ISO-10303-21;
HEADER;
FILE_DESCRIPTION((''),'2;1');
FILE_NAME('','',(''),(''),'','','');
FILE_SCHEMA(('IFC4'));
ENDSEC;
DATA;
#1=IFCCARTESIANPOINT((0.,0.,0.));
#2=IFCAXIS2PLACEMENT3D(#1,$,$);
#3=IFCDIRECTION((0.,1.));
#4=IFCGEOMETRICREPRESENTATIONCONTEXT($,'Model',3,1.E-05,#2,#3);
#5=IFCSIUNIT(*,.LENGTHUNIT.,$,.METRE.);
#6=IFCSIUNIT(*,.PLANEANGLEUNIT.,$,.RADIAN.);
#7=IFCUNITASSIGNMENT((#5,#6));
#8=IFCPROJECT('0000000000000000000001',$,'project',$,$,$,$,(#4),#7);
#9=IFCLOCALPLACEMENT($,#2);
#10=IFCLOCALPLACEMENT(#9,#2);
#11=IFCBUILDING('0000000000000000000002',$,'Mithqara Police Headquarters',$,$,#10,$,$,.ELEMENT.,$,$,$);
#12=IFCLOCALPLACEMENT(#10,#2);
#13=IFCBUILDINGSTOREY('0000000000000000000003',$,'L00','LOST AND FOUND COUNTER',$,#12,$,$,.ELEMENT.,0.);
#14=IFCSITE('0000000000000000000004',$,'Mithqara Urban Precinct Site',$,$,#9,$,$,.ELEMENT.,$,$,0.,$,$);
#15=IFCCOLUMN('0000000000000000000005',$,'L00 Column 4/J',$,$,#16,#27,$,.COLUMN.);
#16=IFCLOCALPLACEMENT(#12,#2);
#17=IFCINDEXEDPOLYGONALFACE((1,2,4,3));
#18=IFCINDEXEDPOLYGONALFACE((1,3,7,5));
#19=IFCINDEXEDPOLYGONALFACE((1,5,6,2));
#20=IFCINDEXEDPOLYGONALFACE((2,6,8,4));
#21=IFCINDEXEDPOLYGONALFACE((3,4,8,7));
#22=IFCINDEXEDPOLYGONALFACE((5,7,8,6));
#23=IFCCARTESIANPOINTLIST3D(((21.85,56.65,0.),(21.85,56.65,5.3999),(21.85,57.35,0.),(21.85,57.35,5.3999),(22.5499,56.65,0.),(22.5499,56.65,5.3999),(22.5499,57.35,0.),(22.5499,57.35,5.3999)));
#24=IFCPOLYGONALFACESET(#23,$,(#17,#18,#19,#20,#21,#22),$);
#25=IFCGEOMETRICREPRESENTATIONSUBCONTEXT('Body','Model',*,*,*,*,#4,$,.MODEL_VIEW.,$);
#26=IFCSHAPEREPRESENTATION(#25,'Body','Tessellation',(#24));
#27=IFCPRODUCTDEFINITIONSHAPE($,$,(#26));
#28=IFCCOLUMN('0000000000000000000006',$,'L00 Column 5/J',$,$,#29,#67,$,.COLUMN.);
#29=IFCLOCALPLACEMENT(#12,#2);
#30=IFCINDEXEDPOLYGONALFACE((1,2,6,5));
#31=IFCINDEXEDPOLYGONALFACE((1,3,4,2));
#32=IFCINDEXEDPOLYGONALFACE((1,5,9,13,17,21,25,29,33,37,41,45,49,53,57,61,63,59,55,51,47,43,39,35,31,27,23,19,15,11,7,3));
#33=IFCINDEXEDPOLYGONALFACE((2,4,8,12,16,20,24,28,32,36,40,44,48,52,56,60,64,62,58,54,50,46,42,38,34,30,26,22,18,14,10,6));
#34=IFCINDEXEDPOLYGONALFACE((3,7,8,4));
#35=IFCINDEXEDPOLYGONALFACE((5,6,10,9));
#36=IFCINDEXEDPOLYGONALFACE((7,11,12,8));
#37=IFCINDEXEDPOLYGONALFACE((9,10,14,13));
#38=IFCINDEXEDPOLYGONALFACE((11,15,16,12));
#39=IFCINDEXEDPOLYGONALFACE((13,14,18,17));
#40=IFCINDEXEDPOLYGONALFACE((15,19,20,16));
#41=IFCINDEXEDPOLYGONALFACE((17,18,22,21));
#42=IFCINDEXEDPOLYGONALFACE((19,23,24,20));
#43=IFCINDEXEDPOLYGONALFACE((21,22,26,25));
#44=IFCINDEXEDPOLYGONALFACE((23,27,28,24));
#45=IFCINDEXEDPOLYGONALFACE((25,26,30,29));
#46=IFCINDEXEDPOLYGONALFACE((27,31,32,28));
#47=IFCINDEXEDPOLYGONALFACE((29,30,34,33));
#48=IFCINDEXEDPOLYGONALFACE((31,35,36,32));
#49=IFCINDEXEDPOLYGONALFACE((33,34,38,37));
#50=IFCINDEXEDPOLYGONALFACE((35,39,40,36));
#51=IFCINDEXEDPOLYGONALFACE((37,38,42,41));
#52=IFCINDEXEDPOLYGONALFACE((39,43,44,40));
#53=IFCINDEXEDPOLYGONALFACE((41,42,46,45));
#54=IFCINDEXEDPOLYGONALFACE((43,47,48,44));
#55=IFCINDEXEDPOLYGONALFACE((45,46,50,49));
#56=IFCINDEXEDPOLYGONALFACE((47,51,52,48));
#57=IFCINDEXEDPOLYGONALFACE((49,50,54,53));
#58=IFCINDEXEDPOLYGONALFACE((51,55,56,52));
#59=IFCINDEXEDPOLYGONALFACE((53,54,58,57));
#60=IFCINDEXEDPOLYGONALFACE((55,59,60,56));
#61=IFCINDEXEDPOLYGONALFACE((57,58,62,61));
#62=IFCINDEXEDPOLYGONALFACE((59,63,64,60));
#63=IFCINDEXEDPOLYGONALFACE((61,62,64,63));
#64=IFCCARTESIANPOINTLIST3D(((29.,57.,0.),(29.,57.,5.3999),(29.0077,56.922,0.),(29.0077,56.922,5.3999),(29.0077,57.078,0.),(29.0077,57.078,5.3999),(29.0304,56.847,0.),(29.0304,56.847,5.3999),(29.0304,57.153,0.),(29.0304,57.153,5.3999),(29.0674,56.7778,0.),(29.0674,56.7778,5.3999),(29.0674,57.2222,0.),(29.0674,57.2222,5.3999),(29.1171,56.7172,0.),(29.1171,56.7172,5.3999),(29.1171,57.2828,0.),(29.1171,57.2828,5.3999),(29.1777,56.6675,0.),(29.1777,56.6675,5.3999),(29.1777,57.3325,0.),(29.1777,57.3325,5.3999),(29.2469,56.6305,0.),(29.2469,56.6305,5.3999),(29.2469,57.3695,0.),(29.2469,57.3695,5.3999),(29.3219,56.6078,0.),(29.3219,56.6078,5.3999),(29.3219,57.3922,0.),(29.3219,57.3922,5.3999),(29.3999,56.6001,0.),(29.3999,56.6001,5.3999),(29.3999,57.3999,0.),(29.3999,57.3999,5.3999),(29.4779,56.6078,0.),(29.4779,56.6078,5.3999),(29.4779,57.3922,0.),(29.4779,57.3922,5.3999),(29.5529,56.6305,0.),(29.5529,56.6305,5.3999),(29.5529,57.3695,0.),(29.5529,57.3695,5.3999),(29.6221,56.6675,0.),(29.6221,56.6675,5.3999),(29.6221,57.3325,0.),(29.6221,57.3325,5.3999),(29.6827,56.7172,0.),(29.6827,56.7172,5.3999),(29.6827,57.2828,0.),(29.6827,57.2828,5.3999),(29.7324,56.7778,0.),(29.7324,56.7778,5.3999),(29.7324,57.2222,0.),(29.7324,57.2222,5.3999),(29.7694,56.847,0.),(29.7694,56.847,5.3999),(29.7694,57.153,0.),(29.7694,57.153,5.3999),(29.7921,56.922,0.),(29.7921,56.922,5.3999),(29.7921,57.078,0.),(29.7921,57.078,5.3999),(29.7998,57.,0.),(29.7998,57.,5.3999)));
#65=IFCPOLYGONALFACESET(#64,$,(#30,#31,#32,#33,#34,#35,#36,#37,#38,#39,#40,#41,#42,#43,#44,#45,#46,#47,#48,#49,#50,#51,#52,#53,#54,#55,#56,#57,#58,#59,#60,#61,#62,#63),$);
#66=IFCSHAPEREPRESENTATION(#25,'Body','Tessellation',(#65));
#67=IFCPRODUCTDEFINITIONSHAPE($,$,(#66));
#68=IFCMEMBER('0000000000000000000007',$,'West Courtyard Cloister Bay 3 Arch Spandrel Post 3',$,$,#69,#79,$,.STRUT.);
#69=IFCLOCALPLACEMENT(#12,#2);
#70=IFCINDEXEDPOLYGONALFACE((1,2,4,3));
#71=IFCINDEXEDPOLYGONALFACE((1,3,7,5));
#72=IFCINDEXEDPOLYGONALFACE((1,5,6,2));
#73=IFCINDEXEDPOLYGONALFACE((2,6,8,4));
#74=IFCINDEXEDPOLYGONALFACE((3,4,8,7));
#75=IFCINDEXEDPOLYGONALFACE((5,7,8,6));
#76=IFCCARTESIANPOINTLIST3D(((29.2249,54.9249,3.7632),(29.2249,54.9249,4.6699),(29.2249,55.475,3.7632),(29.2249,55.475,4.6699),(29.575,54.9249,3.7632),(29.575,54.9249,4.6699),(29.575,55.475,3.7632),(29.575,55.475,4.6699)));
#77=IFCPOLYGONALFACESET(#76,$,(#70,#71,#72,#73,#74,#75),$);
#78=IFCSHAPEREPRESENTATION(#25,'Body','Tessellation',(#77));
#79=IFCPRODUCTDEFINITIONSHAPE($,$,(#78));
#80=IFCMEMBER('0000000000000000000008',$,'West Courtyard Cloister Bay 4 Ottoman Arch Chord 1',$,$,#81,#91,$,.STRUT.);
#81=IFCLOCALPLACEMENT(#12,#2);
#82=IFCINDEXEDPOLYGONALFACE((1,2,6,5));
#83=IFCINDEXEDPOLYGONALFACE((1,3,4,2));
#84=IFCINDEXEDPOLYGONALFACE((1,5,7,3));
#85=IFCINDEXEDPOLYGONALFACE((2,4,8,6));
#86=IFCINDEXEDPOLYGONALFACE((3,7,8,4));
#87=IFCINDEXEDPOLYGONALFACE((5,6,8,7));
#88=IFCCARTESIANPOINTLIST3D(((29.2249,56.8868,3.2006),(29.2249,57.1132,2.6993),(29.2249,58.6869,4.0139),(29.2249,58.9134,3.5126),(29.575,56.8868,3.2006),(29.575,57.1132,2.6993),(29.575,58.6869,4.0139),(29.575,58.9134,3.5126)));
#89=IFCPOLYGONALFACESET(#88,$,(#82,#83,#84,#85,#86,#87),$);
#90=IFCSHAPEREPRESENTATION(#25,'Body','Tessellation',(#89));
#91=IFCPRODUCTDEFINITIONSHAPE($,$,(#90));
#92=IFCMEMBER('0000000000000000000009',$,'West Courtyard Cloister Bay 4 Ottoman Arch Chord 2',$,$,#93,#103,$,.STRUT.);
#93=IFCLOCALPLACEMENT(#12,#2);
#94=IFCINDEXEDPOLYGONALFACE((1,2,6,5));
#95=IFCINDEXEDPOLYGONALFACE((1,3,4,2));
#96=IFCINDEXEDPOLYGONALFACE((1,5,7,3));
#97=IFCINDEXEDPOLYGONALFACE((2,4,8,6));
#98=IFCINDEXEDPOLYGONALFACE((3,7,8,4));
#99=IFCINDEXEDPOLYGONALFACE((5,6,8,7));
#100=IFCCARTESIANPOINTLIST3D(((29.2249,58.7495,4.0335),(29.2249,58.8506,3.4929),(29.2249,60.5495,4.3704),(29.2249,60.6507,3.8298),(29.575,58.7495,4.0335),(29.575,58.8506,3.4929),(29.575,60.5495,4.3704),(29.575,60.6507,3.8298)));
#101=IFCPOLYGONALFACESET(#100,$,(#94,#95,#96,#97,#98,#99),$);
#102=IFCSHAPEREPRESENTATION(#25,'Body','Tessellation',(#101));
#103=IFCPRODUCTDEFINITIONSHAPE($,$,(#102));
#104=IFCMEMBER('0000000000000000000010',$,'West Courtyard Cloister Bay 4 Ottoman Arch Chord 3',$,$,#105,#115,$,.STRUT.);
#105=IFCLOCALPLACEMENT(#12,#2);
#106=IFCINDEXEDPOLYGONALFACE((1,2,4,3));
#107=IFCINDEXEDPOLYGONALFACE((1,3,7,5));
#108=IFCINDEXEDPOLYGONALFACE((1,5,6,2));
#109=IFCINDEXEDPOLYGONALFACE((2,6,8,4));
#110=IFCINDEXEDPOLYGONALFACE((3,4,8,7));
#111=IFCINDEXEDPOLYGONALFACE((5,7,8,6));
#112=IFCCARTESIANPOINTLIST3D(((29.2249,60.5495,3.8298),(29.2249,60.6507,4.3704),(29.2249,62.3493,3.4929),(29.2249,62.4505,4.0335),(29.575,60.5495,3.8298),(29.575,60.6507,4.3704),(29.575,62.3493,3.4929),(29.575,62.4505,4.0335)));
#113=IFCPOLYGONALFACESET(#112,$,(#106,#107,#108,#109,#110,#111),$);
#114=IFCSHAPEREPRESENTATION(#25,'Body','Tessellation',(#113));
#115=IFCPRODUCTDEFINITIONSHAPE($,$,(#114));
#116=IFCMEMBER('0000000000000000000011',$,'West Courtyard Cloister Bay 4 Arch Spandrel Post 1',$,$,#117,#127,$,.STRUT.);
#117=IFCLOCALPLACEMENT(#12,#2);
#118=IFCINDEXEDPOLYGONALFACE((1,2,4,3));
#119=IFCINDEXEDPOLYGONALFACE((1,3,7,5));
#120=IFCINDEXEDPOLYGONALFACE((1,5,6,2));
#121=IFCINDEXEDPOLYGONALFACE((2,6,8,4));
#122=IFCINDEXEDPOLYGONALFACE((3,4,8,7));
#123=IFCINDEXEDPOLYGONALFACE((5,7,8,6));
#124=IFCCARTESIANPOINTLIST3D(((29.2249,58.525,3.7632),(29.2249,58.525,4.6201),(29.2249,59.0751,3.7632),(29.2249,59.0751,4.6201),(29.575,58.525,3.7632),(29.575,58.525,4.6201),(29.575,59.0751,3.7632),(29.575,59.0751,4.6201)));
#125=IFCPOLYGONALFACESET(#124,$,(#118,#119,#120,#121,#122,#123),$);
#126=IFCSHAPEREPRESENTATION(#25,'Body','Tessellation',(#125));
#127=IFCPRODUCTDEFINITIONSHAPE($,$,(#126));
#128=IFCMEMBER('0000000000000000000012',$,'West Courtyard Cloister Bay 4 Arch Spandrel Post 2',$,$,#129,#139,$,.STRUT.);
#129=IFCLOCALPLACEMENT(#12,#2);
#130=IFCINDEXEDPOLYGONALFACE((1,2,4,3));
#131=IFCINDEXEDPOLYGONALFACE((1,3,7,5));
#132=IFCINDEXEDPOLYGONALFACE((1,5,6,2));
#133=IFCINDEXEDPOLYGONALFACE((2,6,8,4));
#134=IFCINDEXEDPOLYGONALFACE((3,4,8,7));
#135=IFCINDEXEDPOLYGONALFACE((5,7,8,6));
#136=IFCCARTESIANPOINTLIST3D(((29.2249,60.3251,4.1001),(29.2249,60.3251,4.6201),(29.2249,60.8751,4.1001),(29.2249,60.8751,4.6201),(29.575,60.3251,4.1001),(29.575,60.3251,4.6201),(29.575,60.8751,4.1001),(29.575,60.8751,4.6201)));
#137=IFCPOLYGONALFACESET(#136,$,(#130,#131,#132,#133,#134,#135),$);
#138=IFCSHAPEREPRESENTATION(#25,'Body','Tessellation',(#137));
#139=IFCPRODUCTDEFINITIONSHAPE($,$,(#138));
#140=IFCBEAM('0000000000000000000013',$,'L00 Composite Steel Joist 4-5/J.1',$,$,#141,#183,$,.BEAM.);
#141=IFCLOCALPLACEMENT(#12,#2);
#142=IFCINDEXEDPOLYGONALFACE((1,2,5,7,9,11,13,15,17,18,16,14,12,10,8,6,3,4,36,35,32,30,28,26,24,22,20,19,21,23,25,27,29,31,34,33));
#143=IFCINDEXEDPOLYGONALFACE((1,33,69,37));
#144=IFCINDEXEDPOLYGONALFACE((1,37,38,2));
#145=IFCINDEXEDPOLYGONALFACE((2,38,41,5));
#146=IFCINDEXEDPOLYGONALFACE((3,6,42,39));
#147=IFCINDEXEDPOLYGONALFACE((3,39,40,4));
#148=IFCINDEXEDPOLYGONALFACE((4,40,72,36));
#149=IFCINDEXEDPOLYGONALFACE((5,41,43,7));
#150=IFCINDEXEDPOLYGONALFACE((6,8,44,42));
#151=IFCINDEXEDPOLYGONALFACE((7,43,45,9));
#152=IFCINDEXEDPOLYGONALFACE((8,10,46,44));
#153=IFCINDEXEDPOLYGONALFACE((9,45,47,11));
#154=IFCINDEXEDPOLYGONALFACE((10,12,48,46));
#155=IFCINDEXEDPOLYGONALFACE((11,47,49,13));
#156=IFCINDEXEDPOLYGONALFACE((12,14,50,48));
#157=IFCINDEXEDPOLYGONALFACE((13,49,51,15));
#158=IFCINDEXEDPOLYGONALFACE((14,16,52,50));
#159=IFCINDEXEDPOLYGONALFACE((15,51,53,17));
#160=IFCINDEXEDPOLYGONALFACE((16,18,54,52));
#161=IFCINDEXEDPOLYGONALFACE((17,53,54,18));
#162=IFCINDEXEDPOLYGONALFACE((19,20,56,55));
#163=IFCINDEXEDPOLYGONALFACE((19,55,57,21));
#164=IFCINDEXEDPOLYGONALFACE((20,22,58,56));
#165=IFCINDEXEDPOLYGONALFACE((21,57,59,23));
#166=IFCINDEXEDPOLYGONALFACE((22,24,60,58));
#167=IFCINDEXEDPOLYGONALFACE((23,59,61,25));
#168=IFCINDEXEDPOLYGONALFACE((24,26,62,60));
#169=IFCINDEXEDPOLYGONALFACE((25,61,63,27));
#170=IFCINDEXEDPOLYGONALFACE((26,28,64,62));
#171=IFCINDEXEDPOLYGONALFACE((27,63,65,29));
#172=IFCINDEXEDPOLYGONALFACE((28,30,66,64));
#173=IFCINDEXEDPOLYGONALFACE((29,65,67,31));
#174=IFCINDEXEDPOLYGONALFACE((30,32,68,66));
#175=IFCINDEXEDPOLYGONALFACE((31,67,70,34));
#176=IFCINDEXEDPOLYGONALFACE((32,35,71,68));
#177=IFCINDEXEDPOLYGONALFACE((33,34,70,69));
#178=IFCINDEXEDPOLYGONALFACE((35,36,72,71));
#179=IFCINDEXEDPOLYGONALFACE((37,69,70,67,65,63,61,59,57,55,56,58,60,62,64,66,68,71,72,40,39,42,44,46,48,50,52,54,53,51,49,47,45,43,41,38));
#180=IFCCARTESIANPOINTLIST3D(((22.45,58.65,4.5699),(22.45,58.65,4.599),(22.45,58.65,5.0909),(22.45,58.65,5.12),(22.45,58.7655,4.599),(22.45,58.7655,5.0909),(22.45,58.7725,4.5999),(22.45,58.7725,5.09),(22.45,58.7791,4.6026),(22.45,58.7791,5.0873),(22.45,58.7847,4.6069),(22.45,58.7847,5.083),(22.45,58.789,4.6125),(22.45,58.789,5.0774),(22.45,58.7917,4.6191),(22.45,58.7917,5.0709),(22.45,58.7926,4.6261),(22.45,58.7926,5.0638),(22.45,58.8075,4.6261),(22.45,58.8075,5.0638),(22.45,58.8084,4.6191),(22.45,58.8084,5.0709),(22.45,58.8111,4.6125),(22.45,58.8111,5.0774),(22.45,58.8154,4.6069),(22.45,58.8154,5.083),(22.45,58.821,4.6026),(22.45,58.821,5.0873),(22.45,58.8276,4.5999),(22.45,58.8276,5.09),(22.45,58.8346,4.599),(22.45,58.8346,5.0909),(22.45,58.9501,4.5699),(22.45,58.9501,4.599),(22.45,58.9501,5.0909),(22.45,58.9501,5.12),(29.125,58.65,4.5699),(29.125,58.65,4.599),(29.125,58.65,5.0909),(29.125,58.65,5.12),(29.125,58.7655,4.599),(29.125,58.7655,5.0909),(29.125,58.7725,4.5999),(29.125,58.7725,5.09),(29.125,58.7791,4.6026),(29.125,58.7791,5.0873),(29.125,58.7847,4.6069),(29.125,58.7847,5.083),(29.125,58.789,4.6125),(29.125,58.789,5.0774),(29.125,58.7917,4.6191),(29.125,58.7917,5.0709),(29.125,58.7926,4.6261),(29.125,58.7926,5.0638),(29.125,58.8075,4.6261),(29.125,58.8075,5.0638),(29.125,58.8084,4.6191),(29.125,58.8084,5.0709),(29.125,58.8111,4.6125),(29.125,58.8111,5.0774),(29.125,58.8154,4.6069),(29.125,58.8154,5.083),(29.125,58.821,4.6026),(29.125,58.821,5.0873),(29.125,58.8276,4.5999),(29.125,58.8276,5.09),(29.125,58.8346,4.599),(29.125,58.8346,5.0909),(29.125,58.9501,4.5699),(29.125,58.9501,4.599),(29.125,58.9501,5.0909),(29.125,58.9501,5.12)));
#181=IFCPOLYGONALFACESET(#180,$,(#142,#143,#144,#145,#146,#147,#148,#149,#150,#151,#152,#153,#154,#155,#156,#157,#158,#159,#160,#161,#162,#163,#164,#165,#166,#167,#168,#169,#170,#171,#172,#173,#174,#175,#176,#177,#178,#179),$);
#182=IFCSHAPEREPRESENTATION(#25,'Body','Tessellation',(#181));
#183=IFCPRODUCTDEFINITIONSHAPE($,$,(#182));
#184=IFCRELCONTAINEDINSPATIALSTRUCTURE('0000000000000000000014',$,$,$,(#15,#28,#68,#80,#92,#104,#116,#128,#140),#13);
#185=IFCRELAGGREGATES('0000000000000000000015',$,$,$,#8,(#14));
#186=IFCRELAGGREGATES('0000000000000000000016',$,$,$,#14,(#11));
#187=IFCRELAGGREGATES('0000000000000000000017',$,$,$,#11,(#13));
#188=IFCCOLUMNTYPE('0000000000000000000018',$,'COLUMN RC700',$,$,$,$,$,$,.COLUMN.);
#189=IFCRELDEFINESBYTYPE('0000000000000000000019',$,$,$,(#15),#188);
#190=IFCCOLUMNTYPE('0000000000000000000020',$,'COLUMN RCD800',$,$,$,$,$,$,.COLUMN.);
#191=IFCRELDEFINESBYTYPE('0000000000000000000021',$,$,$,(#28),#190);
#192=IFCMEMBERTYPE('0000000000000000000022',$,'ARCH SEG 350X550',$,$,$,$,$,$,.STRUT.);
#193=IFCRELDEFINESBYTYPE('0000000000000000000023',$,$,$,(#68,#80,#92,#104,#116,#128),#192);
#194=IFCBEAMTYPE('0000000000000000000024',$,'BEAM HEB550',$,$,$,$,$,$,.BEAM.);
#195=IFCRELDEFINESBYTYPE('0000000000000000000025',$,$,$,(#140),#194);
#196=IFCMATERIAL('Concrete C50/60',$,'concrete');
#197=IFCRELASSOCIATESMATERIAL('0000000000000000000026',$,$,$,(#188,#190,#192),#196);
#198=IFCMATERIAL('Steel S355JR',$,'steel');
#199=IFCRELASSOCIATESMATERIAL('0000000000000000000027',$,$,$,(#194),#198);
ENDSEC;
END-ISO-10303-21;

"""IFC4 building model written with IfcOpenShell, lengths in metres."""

from ifc_helpers import new_model, si_unit, direction, frame, origin, origin_2d, place, context, subcontext, project, spatial, rectangle, circle, i_section, extrude, material, material_profile, profile_set, type_object, element, save


model = new_model("IFC4")

# Units and contexts
model_context = context("Model", 3, precision=1e-05, world=origin(), true_north=direction((0.0, 1.0)))
body_context = subcontext(model_context, "Body", "Model", "MODEL_VIEW")
ifc_project = project(units=[si_unit("LENGTHUNIT", "METRE"), si_unit("PLANEANGLEUNIT", "RADIAN")], contexts=[model_context])

# Site, building, storey
site_placement = place(None, origin())
site = spatial("IfcSite", under=ifc_project, at=site_placement, Name="Mithqara Urban Precinct Site", CompositionType="ELEMENT", RefElevation=0.0)
building_placement = place(site_placement, origin())
building = spatial("IfcBuilding", under=site, at=building_placement, Name="Mithqara Police Headquarters", CompositionType="ELEMENT")
storey_placement = place(building_placement, origin())
storey = spatial("IfcBuildingStorey", under=building, at=storey_placement, Name="L00", Description="LOST AND FOUND COUNTER", CompositionType="ELEMENT", Elevation=0.0)

# Columns
ifc_material_1 = material(Name="Concrete C50/60", Category="concrete")
ifc_material_profile_1 = material_profile(ifc_material_1, rectangle(XDim=0.7, YDim=0.7, at=origin_2d()), Name="RC 700x700")
ifc_profile_set_1 = profile_set([ifc_material_profile_1], Name="Concrete C50/60")
column_type_1 = type_object("IfcColumnType", Name="COLUMN RC700", PredefinedType="COLUMN", material=ifc_profile_set_1)
column_1_placement = place(storey_placement, frame((22.2, 57.0, 0.0), z_axis=(0.0, 0.0, 1.0), x_axis=(1.0, 0.0, 0.0)))
element("IfcColumn", 1, at=column_1_placement, inside=storey, type_object=column_type_1, Name="L00 Column 4/J", PredefinedType="COLUMN", context=body_context, shape_type="SweptSolid", body=[
    extrude(rectangle(XDim=0.7, YDim=0.7, at=origin_2d()), origin(), (0.0, 0.0, 1.0), 5.3999),
])
ifc_material_profile_2 = material_profile(ifc_material_1, circle(Radius=0.3999, at=origin_2d()), Name="RCD 800")
ifc_profile_set_2 = profile_set([ifc_material_profile_2], Name="Concrete C50/60")
column_type_2 = type_object("IfcColumnType", Name="COLUMN RCD800", PredefinedType="COLUMN", material=ifc_profile_set_2)
column_2_placement = place(storey_placement, frame((29.3999, 57.0, 0.0), z_axis=(0.0, 0.0, 1.0), x_axis=(1.0, 0.0, 0.0)))
element("IfcColumn", 2, at=column_2_placement, inside=storey, type_object=column_type_2, Name="L00 Column 5/J", PredefinedType="COLUMN", context=body_context, shape_type="SweptSolid", body=[
    extrude(circle(Radius=0.3999, at=origin_2d()), origin(), (0.0, 0.0, 1.0), 5.3999),
])

# Members
ifc_material_profile_3 = material_profile(ifc_material_1, rectangle(XDim=0.3501, YDim=0.55, at=origin_2d()), Name="ARC 350x550")
ifc_profile_set_3 = profile_set([ifc_material_profile_3], Name="Concrete C50/60")
member_type_1 = type_object("IfcMemberType", Name="ARCH SEG 350X550", PredefinedType="STRUT", material=ifc_profile_set_3)
member_1_placement = place(storey_placement, frame((29.3999, 55.2, 3.7632), z_axis=(0.0, 0.0, 1.0), x_axis=(1.0, 0.0, 0.0)))
element("IfcMember", 3, at=member_1_placement, inside=storey, type_object=member_type_1, Name="West Courtyard Cloister Bay 3 Arch Spandrel Post 3", PredefinedType="STRUT", context=body_context, shape_type="SweptSolid", body=[
    extrude(rectangle(XDim=0.3501, YDim=0.55, at=origin_2d()), origin(), (0.0, 0.0, 1.0), 0.9067),
])
member_2_placement = place(storey_placement, frame((29.3999, 57.0, 2.95), z_axis=(0.0, 0.911312, 0.411716), x_axis=(-1.0, 0.0, 0.0)))
element("IfcMember", 4, at=member_2_placement, inside=storey, type_object=member_type_1, Name="West Courtyard Cloister Bay 4 Ottoman Arch Chord 1", PredefinedType="STRUT", context=body_context, shape_type="SweptSolid", body=[
    extrude(rectangle(XDim=0.3501, YDim=0.55, at=origin_2d()), origin(), (0.0, 0.0, 1.0), 1.9753),
])
member_3_placement = place(storey_placement, frame((29.3999, 58.8, 3.7632), z_axis=(0.0, 0.982931, 0.183975), x_axis=(-1.0, 0.0, 0.0)))
element("IfcMember", 5, at=member_3_placement, inside=storey, type_object=member_type_1, Name="West Courtyard Cloister Bay 4 Ottoman Arch Chord 2", PredefinedType="STRUT", context=body_context, shape_type="SweptSolid", body=[
    extrude(rectangle(XDim=0.3501, YDim=0.55, at=origin_2d()), origin(), (0.0, 0.0, 1.0), 1.8313),
])
member_4_placement = place(storey_placement, frame((29.3999, 60.6001, 4.1001), z_axis=(0.0, 0.982926, -0.183999), x_axis=(-1.0, 0.0, 0.0)))
element("IfcMember", 6, at=member_4_placement, inside=storey, type_object=member_type_1, Name="West Courtyard Cloister Bay 4 Ottoman Arch Chord 3", PredefinedType="STRUT", context=body_context, shape_type="SweptSolid", body=[
    extrude(rectangle(XDim=0.3501, YDim=0.55, at=origin_2d()), origin(), (0.0, 0.0, 1.0), 1.8311),
])
member_5_placement = place(storey_placement, frame((29.3999, 58.8, 3.7632), z_axis=(0.0, 0.0, 1.0), x_axis=(1.0, 0.0, 0.0)))
element("IfcMember", 7, at=member_5_placement, inside=storey, type_object=member_type_1, Name="West Courtyard Cloister Bay 4 Arch Spandrel Post 1", PredefinedType="STRUT", context=body_context, shape_type="SweptSolid", body=[
    extrude(rectangle(XDim=0.3501, YDim=0.55, at=origin_2d()), origin(), (0.0, 0.0, 1.0), 0.8569),
])
member_6_placement = place(storey_placement, frame((29.3999, 60.6001, 4.1001), z_axis=(0.0, 0.0, 1.0), x_axis=(1.0, 0.0, 0.0)))
element("IfcMember", 8, at=member_6_placement, inside=storey, type_object=member_type_1, Name="West Courtyard Cloister Bay 4 Arch Spandrel Post 2", PredefinedType="STRUT", context=body_context, shape_type="SweptSolid", body=[
    extrude(rectangle(XDim=0.3501, YDim=0.55, at=origin_2d()), origin(), (0.0, 0.0, 1.0), 0.52),
])

# Beam
ifc_material_2 = material(Name="Steel S355JR", Category="steel")
ifc_material_profile_4 = material_profile(ifc_material_2, i_section(OverallWidth=0.3, OverallDepth=0.55, WebThickness=0.0149, FlangeThickness=0.0291, FilletRadius=0.0271, at=origin_2d()), Name="HEB 550")
ifc_profile_set_4 = profile_set([ifc_material_profile_4], Name="Steel S355JR")
beam_type_1 = type_object("IfcBeamType", Name="BEAM HEB550", PredefinedType="BEAM", material=ifc_profile_set_4)
for number, where, z_axis, x_axis, name in (
    (9, (22.45, 58.8, 4.845), (1.0, 0.0, 0.0), (0.0, 1.0, 0.0), "L00 Composite Steel Joist 4-5/J.1"),
):
    element("IfcBeam", number, at=place(storey_placement, frame(where, z_axis=z_axis, x_axis=x_axis)), inside=storey, type_object=beam_type_1, Name=name, PredefinedType="BEAM", context=body_context, shape_type="SweptSolid", body=[
        extrude(i_section(OverallWidth=0.3, OverallDepth=0.55, WebThickness=0.0149, FlangeThickness=0.0291, FilletRadius=0.0271, at=origin_2d()), origin(), (0.0, 0.0, 1.0), 6.675),
    ])

save(model, "model.ifc")
